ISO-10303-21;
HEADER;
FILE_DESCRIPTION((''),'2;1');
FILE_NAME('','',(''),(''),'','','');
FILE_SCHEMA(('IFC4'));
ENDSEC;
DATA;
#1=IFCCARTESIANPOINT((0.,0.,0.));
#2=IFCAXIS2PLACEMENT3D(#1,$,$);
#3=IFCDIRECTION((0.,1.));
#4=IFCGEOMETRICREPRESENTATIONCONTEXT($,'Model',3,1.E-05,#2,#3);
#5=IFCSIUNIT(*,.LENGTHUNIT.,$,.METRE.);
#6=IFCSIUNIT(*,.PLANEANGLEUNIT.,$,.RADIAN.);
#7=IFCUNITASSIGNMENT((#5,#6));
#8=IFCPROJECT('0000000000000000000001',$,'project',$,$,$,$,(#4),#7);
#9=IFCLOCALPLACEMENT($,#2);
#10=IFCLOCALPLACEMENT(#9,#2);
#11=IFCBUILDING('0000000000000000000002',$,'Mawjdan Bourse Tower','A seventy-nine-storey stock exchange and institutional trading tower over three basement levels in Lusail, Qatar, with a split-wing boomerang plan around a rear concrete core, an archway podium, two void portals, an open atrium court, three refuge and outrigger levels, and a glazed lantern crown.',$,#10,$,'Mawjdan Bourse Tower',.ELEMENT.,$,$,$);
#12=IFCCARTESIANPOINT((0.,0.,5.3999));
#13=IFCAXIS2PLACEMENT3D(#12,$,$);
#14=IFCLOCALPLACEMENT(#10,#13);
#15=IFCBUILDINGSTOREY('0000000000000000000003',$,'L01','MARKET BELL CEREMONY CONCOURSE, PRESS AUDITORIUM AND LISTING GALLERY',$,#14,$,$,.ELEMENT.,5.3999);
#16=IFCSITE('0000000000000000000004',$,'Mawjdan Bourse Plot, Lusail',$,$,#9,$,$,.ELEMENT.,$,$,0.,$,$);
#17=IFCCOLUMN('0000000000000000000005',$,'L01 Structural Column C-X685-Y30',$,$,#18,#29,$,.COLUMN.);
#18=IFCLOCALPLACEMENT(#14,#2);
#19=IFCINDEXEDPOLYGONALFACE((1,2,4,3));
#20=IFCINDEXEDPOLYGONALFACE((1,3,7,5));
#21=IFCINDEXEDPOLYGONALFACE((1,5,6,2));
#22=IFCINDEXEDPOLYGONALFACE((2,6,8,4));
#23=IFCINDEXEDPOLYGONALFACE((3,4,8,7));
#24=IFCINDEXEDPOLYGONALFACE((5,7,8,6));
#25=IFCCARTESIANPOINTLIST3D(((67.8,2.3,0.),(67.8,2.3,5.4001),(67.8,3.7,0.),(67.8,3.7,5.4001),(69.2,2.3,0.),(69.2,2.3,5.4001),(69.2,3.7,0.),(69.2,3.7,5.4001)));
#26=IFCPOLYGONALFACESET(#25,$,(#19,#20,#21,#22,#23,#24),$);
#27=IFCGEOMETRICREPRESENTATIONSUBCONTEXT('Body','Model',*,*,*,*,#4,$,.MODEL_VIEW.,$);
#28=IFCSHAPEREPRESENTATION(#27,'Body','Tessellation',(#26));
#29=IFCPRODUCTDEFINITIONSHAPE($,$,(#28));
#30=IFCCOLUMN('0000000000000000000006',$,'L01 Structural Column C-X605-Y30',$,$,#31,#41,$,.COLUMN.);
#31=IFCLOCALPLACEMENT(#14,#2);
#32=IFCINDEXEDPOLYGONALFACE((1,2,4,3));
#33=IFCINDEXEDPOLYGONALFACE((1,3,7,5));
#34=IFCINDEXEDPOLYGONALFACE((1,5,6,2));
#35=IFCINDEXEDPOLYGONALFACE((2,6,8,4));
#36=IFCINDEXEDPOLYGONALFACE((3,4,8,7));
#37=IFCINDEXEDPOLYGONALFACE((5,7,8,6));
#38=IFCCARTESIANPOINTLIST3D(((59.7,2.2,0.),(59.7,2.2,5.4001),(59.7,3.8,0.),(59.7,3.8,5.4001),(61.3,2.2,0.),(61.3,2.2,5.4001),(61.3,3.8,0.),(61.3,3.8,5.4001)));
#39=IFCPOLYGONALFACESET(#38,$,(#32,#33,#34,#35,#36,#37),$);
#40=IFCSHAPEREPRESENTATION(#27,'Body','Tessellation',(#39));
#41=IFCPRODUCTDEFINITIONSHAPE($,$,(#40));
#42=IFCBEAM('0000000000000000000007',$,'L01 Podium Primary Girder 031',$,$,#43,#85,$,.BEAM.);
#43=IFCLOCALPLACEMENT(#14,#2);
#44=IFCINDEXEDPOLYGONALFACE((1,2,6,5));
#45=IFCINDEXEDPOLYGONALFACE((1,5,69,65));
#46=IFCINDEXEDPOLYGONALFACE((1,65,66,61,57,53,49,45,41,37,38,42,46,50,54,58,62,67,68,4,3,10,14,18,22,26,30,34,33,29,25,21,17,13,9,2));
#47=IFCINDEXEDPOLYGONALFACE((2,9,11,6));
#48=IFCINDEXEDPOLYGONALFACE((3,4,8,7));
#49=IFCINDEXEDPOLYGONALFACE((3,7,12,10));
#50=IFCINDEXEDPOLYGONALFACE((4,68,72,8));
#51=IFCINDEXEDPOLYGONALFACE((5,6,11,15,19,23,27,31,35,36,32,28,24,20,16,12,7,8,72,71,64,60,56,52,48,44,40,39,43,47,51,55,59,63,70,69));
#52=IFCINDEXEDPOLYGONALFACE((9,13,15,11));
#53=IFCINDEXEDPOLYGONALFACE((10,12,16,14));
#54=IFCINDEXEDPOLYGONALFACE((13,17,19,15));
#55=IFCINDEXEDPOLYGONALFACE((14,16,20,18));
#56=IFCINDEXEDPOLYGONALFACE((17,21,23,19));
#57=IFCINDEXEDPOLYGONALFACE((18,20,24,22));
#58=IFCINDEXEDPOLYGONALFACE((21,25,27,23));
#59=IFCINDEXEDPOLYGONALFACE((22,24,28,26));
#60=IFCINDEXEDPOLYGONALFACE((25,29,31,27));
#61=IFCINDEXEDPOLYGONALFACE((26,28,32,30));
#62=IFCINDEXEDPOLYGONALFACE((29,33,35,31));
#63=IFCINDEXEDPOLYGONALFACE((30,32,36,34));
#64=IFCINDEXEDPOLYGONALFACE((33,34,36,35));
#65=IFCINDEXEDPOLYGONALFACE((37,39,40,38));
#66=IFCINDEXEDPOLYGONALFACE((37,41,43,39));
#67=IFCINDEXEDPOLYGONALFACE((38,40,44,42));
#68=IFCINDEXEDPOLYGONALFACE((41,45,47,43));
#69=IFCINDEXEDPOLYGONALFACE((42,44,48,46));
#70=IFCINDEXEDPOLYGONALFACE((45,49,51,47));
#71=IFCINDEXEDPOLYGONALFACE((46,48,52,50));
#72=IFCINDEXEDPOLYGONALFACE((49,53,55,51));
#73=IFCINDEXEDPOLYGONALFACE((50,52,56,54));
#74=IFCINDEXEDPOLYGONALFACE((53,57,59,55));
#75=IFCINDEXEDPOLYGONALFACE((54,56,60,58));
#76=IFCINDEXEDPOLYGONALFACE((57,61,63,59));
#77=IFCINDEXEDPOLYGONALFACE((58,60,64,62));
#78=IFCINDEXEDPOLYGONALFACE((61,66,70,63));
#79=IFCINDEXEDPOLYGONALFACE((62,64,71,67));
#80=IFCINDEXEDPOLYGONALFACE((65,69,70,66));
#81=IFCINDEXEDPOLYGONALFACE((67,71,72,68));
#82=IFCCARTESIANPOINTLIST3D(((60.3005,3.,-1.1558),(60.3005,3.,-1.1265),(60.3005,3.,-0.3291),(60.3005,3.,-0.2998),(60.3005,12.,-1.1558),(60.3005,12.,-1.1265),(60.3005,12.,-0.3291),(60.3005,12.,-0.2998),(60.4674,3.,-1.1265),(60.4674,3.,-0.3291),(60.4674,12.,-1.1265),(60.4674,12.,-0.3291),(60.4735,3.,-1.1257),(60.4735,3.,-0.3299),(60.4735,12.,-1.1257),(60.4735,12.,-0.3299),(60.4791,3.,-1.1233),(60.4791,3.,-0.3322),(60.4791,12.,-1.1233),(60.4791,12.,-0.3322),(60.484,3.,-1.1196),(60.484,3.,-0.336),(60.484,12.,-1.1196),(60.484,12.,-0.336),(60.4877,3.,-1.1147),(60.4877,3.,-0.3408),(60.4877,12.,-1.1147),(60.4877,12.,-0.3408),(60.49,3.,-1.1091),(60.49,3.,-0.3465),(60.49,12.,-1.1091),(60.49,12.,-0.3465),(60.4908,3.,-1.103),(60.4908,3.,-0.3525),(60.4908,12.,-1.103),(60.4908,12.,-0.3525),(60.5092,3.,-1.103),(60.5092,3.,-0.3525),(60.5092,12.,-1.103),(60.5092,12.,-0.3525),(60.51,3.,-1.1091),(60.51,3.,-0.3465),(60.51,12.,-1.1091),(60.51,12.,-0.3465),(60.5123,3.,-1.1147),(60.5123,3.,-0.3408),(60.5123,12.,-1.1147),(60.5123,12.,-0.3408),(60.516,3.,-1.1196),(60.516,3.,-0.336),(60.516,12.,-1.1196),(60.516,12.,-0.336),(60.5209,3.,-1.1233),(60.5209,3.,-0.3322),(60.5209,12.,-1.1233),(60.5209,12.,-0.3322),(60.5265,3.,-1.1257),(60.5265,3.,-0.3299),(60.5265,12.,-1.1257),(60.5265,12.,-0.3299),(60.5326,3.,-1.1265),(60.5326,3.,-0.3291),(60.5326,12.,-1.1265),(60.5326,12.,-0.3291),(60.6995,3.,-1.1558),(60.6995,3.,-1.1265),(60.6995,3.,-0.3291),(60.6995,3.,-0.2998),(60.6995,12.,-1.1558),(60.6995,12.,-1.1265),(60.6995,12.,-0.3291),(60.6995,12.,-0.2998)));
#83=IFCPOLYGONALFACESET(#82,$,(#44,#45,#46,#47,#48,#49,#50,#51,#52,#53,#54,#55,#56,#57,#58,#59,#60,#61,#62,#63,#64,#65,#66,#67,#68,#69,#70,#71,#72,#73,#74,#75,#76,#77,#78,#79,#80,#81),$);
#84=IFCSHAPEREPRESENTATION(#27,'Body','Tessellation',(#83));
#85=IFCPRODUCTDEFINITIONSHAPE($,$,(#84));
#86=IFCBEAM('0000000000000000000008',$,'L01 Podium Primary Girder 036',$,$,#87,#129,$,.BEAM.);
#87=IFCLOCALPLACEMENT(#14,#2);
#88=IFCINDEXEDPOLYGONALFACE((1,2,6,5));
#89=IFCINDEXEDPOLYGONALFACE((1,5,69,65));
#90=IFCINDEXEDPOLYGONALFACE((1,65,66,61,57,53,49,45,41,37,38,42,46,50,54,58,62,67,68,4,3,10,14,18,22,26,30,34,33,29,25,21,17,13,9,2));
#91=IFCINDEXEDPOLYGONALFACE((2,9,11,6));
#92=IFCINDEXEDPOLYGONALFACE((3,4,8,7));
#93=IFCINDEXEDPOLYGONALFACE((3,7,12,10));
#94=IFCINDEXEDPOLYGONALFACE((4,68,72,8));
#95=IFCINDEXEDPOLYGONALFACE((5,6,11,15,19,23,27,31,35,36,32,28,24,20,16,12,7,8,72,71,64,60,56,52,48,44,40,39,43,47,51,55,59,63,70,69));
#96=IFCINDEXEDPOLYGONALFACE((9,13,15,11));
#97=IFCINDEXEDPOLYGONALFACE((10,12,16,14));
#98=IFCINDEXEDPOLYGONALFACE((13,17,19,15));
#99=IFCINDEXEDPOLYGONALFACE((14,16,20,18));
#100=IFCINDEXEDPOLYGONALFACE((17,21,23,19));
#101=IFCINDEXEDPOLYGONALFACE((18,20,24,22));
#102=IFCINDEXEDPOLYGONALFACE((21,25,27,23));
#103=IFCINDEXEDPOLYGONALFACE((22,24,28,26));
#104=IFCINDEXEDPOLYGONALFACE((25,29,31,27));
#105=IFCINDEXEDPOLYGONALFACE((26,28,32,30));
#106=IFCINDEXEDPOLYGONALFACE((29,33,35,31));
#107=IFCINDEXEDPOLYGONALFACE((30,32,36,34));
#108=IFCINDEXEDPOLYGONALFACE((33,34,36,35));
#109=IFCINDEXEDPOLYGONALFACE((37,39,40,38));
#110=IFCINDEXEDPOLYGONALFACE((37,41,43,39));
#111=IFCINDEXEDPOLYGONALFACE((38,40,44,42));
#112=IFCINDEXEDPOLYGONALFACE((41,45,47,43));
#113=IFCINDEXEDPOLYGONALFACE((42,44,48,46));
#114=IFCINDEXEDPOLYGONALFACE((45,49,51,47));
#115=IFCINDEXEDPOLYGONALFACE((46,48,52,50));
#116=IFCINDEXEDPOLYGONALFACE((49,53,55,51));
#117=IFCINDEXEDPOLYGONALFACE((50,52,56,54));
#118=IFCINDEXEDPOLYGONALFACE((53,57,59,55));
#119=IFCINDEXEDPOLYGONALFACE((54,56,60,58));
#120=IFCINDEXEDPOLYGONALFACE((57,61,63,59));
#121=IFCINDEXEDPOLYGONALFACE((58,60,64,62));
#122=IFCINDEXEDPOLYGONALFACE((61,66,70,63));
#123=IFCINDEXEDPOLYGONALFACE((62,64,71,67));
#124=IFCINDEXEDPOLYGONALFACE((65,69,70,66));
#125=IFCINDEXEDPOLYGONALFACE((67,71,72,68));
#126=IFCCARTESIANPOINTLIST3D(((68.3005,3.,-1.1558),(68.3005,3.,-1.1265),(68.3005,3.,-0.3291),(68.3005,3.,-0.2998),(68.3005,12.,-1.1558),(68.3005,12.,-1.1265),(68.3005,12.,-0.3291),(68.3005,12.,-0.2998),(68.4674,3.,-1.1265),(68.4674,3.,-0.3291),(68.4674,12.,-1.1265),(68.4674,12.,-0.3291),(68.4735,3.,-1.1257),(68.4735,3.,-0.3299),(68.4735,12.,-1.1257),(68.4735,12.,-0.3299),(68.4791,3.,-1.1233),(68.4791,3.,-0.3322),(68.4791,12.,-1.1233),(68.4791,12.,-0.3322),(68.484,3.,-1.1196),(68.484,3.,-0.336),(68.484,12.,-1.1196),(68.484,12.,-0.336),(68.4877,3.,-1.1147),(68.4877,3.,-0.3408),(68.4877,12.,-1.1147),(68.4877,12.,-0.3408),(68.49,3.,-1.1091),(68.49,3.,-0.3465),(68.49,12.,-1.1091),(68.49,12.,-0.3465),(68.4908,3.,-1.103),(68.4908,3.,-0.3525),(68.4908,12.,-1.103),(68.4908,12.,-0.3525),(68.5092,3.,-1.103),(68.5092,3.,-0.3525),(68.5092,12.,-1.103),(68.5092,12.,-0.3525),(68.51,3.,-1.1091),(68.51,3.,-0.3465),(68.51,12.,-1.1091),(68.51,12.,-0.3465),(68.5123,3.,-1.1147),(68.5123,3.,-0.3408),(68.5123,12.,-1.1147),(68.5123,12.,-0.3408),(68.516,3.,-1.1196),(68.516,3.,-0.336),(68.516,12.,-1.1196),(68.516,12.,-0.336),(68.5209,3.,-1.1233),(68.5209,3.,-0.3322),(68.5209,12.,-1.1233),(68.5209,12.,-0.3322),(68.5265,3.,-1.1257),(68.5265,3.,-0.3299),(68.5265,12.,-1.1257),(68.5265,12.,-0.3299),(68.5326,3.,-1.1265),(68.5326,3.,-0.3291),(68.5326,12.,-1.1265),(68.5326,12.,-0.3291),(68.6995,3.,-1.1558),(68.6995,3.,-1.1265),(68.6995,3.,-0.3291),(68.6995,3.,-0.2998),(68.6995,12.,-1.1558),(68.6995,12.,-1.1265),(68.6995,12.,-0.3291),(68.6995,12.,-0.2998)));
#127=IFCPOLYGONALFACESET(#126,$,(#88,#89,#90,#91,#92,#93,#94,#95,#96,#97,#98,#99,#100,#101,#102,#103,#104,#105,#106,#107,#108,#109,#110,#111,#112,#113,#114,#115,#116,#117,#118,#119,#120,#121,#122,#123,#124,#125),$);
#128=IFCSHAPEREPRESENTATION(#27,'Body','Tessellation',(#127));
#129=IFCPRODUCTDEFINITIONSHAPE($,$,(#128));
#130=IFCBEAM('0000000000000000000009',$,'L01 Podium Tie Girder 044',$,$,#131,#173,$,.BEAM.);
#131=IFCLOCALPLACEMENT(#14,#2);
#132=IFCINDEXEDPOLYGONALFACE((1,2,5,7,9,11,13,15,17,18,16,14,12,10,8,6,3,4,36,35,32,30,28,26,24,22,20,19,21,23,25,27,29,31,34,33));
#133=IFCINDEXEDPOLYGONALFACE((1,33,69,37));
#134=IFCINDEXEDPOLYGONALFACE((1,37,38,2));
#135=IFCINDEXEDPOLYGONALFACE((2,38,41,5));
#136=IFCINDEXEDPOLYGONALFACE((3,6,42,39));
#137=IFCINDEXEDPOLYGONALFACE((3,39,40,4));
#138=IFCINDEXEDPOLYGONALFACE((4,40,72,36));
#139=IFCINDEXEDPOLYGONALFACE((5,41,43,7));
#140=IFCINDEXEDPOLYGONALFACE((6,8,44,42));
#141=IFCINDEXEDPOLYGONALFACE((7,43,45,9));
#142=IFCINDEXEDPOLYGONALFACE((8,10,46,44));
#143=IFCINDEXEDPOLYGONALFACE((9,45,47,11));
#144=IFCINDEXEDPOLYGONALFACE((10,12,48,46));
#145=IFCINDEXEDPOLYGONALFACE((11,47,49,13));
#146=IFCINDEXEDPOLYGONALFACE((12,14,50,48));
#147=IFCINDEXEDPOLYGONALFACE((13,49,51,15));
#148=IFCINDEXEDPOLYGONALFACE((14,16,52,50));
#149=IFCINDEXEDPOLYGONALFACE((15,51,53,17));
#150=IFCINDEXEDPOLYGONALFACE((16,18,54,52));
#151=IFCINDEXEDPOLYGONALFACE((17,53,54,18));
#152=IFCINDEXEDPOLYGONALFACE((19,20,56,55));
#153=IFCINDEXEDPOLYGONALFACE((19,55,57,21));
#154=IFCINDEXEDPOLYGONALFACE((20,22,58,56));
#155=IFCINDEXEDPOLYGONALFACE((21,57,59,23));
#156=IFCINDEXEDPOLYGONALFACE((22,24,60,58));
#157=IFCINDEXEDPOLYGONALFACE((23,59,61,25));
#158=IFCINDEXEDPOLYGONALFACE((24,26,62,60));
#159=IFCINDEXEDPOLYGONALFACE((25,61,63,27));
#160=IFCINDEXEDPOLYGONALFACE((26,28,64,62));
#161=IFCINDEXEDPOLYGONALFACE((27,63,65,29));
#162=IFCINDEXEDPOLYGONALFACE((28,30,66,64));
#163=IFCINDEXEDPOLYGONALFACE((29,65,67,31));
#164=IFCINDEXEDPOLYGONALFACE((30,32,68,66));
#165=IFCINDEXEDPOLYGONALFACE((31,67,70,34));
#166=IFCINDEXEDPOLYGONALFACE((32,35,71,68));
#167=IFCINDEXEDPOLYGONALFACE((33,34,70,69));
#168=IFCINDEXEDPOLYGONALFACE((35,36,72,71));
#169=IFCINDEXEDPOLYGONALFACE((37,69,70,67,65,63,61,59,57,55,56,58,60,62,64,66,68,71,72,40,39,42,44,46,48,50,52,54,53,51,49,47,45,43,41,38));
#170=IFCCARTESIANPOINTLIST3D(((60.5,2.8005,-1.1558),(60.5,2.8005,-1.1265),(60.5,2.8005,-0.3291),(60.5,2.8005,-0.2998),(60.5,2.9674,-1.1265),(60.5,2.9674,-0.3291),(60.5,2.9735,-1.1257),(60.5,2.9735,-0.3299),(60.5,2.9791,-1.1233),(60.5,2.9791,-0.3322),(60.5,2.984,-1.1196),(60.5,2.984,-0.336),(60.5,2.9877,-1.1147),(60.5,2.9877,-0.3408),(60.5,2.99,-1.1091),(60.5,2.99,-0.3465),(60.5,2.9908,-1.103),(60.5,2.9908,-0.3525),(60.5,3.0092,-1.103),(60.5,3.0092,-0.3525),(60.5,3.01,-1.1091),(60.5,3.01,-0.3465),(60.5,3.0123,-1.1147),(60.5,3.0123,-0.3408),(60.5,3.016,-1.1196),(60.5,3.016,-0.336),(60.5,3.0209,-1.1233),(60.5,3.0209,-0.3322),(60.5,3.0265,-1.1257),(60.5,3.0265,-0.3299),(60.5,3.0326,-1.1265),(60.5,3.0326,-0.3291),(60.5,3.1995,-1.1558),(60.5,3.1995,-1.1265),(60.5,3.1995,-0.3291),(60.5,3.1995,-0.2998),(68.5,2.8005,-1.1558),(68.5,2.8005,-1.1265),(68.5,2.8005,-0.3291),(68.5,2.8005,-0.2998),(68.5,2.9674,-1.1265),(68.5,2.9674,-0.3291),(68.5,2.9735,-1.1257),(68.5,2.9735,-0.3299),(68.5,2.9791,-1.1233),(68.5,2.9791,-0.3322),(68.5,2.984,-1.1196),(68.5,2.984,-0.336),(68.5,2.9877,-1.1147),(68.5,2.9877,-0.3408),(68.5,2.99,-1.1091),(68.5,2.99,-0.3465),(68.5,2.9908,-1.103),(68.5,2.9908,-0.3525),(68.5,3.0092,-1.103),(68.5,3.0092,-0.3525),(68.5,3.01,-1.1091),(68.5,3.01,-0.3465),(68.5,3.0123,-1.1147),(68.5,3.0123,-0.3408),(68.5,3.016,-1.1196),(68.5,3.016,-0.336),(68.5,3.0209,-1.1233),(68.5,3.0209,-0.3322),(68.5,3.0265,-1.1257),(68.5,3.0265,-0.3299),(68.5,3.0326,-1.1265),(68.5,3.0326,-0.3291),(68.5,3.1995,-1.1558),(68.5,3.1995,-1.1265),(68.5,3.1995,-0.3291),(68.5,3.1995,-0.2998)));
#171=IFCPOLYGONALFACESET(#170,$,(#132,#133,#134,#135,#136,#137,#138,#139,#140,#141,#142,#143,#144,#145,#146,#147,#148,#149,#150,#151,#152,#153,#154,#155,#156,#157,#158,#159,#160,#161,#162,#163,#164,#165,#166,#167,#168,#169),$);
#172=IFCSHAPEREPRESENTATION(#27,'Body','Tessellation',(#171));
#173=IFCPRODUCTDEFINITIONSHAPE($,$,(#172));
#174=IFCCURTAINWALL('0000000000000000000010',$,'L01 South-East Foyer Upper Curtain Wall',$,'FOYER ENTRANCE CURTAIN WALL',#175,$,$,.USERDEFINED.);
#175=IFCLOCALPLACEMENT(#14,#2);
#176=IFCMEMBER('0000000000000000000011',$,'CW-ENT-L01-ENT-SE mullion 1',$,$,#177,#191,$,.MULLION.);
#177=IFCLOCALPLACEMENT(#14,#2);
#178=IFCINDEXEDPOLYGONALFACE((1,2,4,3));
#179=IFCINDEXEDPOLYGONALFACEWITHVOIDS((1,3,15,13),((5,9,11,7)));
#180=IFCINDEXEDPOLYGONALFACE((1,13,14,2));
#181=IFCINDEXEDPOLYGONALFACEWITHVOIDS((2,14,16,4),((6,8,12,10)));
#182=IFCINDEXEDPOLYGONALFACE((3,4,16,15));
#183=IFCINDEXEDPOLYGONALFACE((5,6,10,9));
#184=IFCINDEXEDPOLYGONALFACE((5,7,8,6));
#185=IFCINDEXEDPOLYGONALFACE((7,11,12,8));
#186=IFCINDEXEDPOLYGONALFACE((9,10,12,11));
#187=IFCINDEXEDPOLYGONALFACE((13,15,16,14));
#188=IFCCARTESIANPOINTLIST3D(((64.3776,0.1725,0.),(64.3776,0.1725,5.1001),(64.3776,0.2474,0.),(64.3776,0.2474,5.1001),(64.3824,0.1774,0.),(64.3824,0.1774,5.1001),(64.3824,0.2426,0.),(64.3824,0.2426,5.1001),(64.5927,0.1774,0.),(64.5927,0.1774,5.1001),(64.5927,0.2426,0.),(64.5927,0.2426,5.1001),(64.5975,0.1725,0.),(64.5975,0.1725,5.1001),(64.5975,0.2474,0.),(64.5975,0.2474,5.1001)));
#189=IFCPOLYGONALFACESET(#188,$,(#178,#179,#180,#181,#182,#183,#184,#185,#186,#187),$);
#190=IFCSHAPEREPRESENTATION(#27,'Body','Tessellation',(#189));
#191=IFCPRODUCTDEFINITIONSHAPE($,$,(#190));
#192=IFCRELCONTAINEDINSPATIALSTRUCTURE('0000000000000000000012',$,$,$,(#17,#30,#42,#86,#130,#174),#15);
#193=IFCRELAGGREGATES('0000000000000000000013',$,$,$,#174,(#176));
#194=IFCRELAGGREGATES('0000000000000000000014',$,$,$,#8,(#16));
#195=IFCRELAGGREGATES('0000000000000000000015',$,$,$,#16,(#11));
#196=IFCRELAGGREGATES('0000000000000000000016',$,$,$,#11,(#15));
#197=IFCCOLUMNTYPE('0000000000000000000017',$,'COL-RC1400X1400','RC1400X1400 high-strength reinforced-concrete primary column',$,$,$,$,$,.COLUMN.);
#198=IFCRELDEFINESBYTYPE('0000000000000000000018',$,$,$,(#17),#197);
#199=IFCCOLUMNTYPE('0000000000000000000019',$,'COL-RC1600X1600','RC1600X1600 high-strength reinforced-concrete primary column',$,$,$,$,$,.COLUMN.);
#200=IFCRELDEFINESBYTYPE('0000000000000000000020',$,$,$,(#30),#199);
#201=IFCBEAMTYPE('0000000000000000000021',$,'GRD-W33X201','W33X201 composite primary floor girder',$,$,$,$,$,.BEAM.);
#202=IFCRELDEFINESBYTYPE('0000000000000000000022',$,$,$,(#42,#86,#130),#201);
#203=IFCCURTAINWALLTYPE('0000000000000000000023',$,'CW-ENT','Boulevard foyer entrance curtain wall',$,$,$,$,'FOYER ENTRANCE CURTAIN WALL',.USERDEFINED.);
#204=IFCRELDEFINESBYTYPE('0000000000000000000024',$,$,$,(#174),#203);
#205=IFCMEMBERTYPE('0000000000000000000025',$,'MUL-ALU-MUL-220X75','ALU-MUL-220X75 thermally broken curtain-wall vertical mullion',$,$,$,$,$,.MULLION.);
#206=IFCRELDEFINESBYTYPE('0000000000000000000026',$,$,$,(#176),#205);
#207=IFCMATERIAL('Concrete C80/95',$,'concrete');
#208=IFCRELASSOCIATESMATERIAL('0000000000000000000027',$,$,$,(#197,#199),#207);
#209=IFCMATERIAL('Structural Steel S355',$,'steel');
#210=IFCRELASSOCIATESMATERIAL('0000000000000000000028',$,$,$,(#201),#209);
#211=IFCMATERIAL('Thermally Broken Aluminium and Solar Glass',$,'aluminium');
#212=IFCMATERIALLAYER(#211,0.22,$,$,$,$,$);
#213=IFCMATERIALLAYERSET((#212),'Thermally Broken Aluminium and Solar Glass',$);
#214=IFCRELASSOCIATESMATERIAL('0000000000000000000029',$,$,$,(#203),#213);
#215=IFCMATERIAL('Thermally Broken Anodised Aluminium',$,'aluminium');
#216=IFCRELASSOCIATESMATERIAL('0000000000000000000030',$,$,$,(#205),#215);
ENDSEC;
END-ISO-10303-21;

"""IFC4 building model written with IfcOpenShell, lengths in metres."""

from ifc_helpers import new_model, si_unit, direction, frame, origin, origin_2d, place, context, subcontext, project, spatial, rectangle, hollow_rectangle, i_section, extrude, material, layer, layer_set, material_profile, profile_set, type_object, element, aggregate, save


model = new_model("IFC4")

# Units and contexts
model_context = context("Model", 3, precision=1e-05, world=origin(), true_north=direction((0.0, 1.0)))
body_context = subcontext(model_context, "Body", "Model", "MODEL_VIEW")
ifc_project = project(units=[si_unit("LENGTHUNIT", "METRE"), si_unit("PLANEANGLEUNIT", "RADIAN")], contexts=[model_context])

# Site, building, storey
site_placement = place(None, origin())
site = spatial("IfcSite", under=ifc_project, at=site_placement, Name="Mawjdan Bourse Plot, Lusail", CompositionType="ELEMENT", RefElevation=0.0)
building_placement = place(site_placement, origin())
building = spatial("IfcBuilding", under=site, at=building_placement, Name="Mawjdan Bourse Tower", Description="A seventy-nine-storey stock exchange and institutional trading tower over three basement levels in Lusail, Qatar, with a split-wing boomerang plan around a rear concrete core, an archway podium, two void portals, an open atrium court, three refuge and outrigger levels, and a glazed lantern crown.", LongName="Mawjdan Bourse Tower", CompositionType="ELEMENT")
storey_placement = place(building_placement, frame((0.0, 0.0, 5.3999)))
storey = spatial("IfcBuildingStorey", under=building, at=storey_placement, Name="L01", Description="MARKET BELL CEREMONY CONCOURSE, PRESS AUDITORIUM AND LISTING GALLERY", CompositionType="ELEMENT", Elevation=5.3999)

# Columns
ifc_material_1 = material(Name="Concrete C80/95", Category="concrete")
ifc_material_profile_1 = material_profile(ifc_material_1, rectangle(XDim=1.3999, YDim=1.3999, at=origin_2d()), Name="RC1400X1400")
ifc_profile_set_1 = profile_set([ifc_material_profile_1], Name="Concrete C80/95")
column_type_1 = type_object("IfcColumnType", Name="COL-RC1400X1400", Description="RC1400X1400 high-strength reinforced-concrete primary column", PredefinedType="COLUMN", material=ifc_profile_set_1)
column_1_placement = place(storey_placement, frame((68.5, 3.0, 0.0), z_axis=(0.0, 0.0, 1.0), x_axis=(1.0, 0.0, 0.0)))
element("IfcColumn", 1, at=column_1_placement, inside=storey, type_object=column_type_1, Name="L01 Structural Column C-X685-Y30", PredefinedType="COLUMN", context=body_context, shape_type="SweptSolid", body=[
    extrude(rectangle(XDim=1.3999, YDim=1.3999, at=origin_2d()), origin(), (0.0, 0.0, 1.0), 5.4001),
])
ifc_material_profile_2 = material_profile(ifc_material_1, rectangle(XDim=1.6001, YDim=1.6001, at=origin_2d()), Name="RC1600X1600")
ifc_profile_set_2 = profile_set([ifc_material_profile_2], Name="Concrete C80/95")
column_type_2 = type_object("IfcColumnType", Name="COL-RC1600X1600", Description="RC1600X1600 high-strength reinforced-concrete primary column", PredefinedType="COLUMN", material=ifc_profile_set_2)
column_2_placement = place(storey_placement, frame((60.5, 3.0, 0.0), z_axis=(0.0, 0.0, 1.0), x_axis=(1.0, 0.0, 0.0)))
element("IfcColumn", 2, at=column_2_placement, inside=storey, type_object=column_type_2, Name="L01 Structural Column C-X605-Y30", PredefinedType="COLUMN", context=body_context, shape_type="SweptSolid", body=[
    extrude(rectangle(XDim=1.6001, YDim=1.6001, at=origin_2d()), origin(), (0.0, 0.0, 1.0), 5.4001),
])

# Beams
ifc_material_2 = material(Name="Structural Steel S355", Category="steel")
ifc_material_profile_3 = material_profile(ifc_material_2, i_section(OverallWidth=0.3989, OverallDepth=0.856, WebThickness=0.0183, FlangeThickness=0.0293, FilletRadius=0.0234, at=origin_2d()), Name="W33X201")
ifc_profile_set_3 = profile_set([ifc_material_profile_3], Name="Structural Steel S355")
beam_type = type_object("IfcBeamType", Name="GRD-W33X201", Description="W33X201 composite primary floor girder", PredefinedType="BEAM", material=ifc_profile_set_3)
for number, where, z_axis, x_axis, name in (
    (3, (60.5, 3.0, -0.7278), (0.0, 1.0, 0.0), (-1.0, 0.0, 0.0), "L01 Podium Primary Girder 031"),
    (4, (68.5, 3.0, -0.7278), (0.0, 1.0, 0.0), (-1.0, 0.0, 0.0), "L01 Podium Primary Girder 036"),
):
    element("IfcBeam", number, at=place(storey_placement, frame(where, z_axis=z_axis, x_axis=x_axis)), inside=storey, type_object=beam_type, Name=name, PredefinedType="BEAM", context=body_context, shape_type="SweptSolid", body=[
        extrude(i_section(OverallWidth=0.3989, OverallDepth=0.856, WebThickness=0.0183, FlangeThickness=0.0293, FilletRadius=0.0234, at=origin_2d()), origin(), (0.0, 0.0, 1.0), 9.0),
    ])
beam_placement = place(storey_placement, frame((60.5, 3.0, -0.7278), z_axis=(1.0, 0.0, 0.0), x_axis=(0.0, 1.0, 0.0)))
element("IfcBeam", 5, at=beam_placement, inside=storey, type_object=beam_type, Name="L01 Podium Tie Girder 044", PredefinedType="BEAM", context=body_context, shape_type="SweptSolid", body=[
    extrude(i_section(OverallWidth=0.3989, OverallDepth=0.856, WebThickness=0.0183, FlangeThickness=0.0293, FilletRadius=0.0234, at=origin_2d()), origin(), (0.0, 0.0, 1.0), 8.0),
])

# Curtain wall, member
ifc_material_3 = material(Name="Thermally Broken Aluminium and Solar Glass", Category="aluminium")
ifc_layer_1 = layer(ifc_material_3, 0.22)
ifc_layer_set_1 = layer_set([ifc_layer_1], Name="Thermally Broken Aluminium and Solar Glass")
curtain_wall_type = type_object("IfcCurtainWallType", Name="CW-ENT", Description="Boulevard foyer entrance curtain wall", ElementType="FOYER ENTRANCE CURTAIN WALL", PredefinedType="USERDEFINED", material=ifc_layer_set_1)
curtain_wall_placement = place(storey_placement, origin())
curtain_wall = element("IfcCurtainWall", 6, at=curtain_wall_placement, inside=storey, type_object=curtain_wall_type, Name="L01 South-East Foyer Upper Curtain Wall", ObjectType="FOYER ENTRANCE CURTAIN WALL", PredefinedType="USERDEFINED")
ifc_material_4 = material(Name="Thermally Broken Anodised Aluminium", Category="aluminium")
ifc_material_profile_4 = material_profile(ifc_material_4, hollow_rectangle(XDim=0.075, YDim=0.22, WallThickness=0.0049, at=origin_2d()), Name="ALU-MUL-220X75")
ifc_profile_set_4 = profile_set([ifc_material_profile_4], Name="Thermally Broken Anodised Aluminium")
member_type_1 = type_object("IfcMemberType", Name="MUL-ALU-MUL-220X75", Description="ALU-MUL-220X75 thermally broken curtain-wall vertical mullion", PredefinedType="MULLION", material=ifc_profile_set_4)
member_1_placement = place(storey_placement, frame((64.4875, 0.21, 0.0), z_axis=(0.0, 0.0, 1.0), x_axis=(0.0, 1.0, 0.0)))
member_1 = element("IfcMember", 7, at=member_1_placement, type_object=member_type_1, Name="CW-ENT-L01-ENT-SE mullion 1", PredefinedType="MULLION", context=body_context, shape_type="SweptSolid", body=[
    extrude(hollow_rectangle(XDim=0.075, YDim=0.22, WallThickness=0.0049, at=origin_2d()), origin(), (0.0, 0.0, 1.0), 5.1001),
])
aggregate(curtain_wall, [member_1])

save(model, "model.ifc")
